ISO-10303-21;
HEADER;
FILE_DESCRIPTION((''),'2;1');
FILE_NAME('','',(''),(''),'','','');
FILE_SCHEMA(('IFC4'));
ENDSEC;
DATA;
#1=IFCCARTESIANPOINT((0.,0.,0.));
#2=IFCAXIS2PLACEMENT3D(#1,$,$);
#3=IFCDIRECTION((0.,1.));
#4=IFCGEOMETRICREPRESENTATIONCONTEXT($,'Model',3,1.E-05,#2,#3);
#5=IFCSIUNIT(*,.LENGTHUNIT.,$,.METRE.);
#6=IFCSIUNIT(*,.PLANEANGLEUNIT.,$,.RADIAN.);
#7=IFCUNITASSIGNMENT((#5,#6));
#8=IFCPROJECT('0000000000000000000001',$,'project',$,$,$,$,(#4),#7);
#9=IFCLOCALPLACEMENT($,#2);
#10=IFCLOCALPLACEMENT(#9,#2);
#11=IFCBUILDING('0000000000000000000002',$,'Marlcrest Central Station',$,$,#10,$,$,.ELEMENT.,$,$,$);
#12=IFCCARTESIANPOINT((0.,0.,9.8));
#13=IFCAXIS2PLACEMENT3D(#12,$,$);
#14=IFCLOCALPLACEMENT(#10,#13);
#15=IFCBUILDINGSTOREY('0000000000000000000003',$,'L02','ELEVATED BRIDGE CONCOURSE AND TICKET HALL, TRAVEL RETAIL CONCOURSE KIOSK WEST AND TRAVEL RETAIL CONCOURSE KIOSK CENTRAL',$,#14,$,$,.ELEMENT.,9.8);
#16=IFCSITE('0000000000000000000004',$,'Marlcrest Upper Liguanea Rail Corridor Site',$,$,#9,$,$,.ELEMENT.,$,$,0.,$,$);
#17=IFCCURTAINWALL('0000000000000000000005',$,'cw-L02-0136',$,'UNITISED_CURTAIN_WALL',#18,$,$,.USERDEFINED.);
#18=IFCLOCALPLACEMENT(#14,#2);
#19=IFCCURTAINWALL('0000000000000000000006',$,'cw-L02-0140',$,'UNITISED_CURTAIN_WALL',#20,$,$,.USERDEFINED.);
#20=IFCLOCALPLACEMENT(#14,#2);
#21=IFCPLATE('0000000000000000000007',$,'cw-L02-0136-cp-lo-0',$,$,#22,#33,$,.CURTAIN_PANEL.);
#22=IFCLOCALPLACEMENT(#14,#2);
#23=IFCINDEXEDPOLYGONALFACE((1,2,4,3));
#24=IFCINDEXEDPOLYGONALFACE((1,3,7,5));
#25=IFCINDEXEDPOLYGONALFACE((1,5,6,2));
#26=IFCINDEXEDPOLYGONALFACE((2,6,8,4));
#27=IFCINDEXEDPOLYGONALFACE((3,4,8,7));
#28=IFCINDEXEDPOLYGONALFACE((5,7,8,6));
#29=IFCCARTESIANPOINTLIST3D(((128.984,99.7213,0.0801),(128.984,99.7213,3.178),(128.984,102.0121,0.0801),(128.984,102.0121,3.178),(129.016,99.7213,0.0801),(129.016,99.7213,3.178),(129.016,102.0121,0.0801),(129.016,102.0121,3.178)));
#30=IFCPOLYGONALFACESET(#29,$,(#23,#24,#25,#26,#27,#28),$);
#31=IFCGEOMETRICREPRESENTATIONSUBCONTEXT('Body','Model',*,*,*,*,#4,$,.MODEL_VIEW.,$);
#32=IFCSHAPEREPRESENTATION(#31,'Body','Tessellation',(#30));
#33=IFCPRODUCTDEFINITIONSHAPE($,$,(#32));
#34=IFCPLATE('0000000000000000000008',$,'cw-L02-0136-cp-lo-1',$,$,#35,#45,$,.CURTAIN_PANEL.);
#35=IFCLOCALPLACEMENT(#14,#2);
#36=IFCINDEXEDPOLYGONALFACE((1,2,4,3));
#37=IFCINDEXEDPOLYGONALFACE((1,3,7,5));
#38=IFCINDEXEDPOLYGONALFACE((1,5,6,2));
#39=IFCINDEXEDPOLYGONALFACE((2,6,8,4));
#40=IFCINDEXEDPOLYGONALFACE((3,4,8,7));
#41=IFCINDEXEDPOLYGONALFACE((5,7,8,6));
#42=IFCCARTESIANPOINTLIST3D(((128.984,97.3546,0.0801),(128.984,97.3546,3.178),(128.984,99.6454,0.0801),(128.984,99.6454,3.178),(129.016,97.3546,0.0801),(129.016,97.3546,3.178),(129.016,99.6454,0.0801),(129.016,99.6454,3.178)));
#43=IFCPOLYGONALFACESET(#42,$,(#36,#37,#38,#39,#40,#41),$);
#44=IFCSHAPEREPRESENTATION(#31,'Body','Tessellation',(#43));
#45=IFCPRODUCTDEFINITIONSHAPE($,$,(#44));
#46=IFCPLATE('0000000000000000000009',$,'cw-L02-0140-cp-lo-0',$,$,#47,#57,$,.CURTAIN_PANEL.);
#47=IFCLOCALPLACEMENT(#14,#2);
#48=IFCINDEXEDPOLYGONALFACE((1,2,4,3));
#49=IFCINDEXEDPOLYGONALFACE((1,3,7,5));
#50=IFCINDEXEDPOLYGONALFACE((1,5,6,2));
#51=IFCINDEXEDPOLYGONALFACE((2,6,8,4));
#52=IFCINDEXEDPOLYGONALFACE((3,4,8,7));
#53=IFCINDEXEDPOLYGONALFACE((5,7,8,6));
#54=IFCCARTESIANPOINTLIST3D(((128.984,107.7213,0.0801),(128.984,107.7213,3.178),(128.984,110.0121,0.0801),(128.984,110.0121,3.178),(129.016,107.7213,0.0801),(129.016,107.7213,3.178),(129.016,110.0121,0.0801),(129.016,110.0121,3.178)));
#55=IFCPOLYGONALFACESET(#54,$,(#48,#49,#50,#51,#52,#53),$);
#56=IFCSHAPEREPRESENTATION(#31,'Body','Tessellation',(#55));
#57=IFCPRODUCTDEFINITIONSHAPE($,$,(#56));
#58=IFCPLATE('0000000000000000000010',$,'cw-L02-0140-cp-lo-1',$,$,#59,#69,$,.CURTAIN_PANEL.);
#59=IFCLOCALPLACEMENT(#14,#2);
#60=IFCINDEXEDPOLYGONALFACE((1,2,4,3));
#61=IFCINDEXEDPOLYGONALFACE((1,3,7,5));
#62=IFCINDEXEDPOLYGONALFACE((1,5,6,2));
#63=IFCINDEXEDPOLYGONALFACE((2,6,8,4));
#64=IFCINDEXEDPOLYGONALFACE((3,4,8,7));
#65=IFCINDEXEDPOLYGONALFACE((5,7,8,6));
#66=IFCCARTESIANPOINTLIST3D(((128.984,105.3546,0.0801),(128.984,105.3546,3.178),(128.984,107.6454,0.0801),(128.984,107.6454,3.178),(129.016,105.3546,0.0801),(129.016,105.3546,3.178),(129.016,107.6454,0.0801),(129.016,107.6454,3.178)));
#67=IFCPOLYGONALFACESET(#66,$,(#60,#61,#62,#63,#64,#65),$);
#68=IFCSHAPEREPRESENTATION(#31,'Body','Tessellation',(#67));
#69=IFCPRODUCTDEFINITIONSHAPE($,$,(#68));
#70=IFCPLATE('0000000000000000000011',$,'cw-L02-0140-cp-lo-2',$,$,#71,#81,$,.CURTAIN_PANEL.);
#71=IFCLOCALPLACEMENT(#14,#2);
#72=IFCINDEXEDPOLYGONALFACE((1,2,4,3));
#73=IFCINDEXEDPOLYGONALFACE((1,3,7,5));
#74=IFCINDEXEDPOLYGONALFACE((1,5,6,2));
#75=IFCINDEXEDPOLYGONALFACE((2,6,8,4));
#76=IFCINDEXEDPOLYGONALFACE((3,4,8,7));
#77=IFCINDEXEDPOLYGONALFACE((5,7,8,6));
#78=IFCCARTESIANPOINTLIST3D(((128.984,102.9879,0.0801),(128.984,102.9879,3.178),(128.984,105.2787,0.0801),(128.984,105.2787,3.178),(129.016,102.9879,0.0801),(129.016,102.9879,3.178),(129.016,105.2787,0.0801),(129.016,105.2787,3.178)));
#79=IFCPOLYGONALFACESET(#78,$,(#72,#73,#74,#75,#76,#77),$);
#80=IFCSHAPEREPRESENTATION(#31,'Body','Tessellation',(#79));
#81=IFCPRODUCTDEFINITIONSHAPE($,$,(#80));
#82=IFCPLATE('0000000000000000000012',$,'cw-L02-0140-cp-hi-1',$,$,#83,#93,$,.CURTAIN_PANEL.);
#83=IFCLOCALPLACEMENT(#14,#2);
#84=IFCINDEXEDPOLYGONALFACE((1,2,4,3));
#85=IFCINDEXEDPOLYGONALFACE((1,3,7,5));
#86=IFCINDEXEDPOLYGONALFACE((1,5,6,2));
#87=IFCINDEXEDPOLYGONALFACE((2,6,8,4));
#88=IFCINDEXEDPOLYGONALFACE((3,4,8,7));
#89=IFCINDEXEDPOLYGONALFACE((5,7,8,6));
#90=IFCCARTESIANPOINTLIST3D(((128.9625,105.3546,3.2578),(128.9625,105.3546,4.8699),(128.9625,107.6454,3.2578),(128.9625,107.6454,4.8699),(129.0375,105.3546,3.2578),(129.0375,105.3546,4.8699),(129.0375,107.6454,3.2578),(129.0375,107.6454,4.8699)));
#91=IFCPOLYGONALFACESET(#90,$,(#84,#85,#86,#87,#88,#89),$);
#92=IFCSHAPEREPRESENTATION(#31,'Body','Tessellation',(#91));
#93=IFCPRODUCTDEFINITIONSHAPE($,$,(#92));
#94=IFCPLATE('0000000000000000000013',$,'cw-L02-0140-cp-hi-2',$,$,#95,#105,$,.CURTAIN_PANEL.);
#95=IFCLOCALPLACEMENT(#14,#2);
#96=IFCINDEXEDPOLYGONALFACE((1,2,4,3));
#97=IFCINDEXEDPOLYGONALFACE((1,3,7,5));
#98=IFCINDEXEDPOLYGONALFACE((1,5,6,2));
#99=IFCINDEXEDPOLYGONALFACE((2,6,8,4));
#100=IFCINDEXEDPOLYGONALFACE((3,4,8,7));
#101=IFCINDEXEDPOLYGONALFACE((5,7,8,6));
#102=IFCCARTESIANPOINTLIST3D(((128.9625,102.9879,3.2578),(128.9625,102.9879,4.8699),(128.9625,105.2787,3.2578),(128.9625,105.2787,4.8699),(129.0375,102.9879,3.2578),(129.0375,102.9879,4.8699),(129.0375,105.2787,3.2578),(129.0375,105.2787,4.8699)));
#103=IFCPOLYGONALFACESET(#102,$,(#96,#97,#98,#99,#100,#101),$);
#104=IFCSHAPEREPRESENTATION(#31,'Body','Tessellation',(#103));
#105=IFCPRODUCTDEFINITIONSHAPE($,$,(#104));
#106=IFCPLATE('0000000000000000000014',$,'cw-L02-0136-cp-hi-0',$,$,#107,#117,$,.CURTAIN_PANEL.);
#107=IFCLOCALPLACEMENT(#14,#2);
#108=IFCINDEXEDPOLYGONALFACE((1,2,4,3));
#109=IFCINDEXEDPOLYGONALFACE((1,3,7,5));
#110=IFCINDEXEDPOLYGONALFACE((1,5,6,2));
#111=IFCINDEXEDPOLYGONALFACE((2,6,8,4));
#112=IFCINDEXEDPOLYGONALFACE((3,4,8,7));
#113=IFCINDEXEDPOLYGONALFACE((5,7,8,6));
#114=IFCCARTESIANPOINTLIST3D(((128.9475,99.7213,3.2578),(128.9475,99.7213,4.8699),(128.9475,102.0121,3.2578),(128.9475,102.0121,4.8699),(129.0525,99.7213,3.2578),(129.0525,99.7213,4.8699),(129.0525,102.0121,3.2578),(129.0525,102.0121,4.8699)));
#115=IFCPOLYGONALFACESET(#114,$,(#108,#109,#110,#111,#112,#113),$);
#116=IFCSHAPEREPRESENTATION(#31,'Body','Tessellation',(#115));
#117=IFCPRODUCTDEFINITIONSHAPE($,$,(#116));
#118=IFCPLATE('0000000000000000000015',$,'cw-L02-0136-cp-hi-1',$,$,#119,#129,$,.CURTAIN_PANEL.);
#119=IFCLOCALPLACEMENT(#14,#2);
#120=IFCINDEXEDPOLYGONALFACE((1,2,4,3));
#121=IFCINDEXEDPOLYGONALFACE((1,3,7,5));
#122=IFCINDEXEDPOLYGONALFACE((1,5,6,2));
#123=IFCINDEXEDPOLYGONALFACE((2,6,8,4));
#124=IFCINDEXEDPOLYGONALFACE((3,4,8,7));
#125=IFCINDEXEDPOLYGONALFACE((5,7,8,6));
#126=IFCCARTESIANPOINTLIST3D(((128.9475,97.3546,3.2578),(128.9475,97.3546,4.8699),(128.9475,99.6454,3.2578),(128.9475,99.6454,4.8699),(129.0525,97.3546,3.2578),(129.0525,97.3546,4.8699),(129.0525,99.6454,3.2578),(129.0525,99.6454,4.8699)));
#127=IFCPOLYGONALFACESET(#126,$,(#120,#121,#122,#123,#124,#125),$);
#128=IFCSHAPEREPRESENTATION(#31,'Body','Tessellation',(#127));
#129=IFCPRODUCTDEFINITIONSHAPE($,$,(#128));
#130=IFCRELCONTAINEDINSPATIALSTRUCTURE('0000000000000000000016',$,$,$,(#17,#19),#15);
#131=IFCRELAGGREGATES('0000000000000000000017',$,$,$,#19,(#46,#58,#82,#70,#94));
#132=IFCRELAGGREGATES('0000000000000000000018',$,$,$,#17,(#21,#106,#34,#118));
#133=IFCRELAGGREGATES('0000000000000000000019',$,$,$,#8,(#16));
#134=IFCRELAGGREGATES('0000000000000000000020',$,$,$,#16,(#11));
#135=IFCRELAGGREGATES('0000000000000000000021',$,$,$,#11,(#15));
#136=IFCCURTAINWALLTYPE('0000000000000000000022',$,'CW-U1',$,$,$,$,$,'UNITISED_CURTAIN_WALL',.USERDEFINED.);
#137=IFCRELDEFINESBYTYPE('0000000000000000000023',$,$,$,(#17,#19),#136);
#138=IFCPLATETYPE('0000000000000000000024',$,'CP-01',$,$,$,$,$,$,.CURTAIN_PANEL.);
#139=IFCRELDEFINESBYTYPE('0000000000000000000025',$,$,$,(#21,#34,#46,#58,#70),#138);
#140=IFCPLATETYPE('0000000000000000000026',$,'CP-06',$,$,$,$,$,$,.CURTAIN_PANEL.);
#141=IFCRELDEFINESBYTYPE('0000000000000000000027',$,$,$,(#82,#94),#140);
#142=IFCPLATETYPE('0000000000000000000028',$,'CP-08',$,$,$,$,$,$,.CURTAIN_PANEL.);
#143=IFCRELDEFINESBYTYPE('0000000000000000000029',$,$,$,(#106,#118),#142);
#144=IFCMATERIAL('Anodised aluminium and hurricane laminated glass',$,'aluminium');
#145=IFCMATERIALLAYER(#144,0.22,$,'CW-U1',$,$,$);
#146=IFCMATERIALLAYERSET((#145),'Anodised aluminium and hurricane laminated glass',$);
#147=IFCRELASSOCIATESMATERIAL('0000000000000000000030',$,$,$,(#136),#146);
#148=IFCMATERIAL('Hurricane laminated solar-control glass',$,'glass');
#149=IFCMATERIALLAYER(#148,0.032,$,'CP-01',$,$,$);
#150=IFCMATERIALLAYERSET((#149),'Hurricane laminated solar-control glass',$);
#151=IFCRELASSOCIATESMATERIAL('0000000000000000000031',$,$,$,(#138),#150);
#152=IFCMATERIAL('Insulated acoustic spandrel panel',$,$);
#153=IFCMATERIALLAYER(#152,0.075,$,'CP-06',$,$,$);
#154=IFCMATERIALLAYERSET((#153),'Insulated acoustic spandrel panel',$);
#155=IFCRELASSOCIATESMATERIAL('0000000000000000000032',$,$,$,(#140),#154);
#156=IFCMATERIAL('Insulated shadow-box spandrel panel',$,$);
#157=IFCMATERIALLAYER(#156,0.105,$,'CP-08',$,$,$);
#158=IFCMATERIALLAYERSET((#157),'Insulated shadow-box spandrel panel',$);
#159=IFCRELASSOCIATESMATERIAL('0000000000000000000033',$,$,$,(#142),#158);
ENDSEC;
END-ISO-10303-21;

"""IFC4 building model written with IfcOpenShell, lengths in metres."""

from ifc_helpers import new_model, si_unit, direction, frame, origin, origin_2d, place, context, subcontext, project, spatial, rectangle, extrude, material, layer, layer_set, type_object, element, aggregate, save


model = new_model("IFC4")

# Units and contexts
model_context = context("Model", 3, precision=1e-05, world=origin(), true_north=direction((0.0, 1.0)))
body_context = subcontext(model_context, "Body", "Model", "MODEL_VIEW")
ifc_project = project(units=[si_unit("LENGTHUNIT", "METRE"), si_unit("PLANEANGLEUNIT", "RADIAN")], contexts=[model_context])

# Site, building, storey
site_placement = place(None, origin())
site = spatial("IfcSite", under=ifc_project, at=site_placement, Name="Marlcrest Upper Liguanea Rail Corridor Site", CompositionType="ELEMENT", RefElevation=0.0)
building_placement = place(site_placement, origin())
building = spatial("IfcBuilding", under=site, at=building_placement, Name="Marlcrest Central Station", CompositionType="ELEMENT")
storey_placement = place(building_placement, frame((0.0, 0.0, 9.8)))
storey = spatial("IfcBuildingStorey", under=building, at=storey_placement, Name="L02", Description="ELEVATED BRIDGE CONCOURSE AND TICKET HALL, TRAVEL RETAIL CONCOURSE KIOSK WEST AND TRAVEL RETAIL CONCOURSE KIOSK CENTRAL", CompositionType="ELEMENT", Elevation=9.8)

# Curtain walls
ifc_material_1 = material(Name="Anodised aluminium and hurricane laminated glass", Category="aluminium")
ifc_layer_1 = layer(ifc_material_1, 0.22, Name="CW-U1")
ifc_layer_set_1 = layer_set([ifc_layer_1], Name="Anodised aluminium and hurricane laminated glass")
curtain_wall_type = type_object("IfcCurtainWallType", Name="CW-U1", ElementType="UNITISED_CURTAIN_WALL", PredefinedType="USERDEFINED", material=ifc_layer_set_1)
curtain_wall_1_placement = place(storey_placement, origin())
curtain_wall_1 = element("IfcCurtainWall", 1, at=curtain_wall_1_placement, inside=storey, type_object=curtain_wall_type, Name="cw-L02-0136", ObjectType="UNITISED_CURTAIN_WALL", PredefinedType="USERDEFINED")
curtain_wall_2_placement = place(storey_placement, origin())
curtain_wall_2 = element("IfcCurtainWall", 2, at=curtain_wall_2_placement, inside=storey, type_object=curtain_wall_type, Name="cw-L02-0140", ObjectType="UNITISED_CURTAIN_WALL", PredefinedType="USERDEFINED")

# Plates
ifc_material_2 = material(Name="Hurricane laminated solar-control glass", Category="glass")
ifc_layer_2 = layer(ifc_material_2, 0.032, Name="CP-01")
ifc_layer_set_2 = layer_set([ifc_layer_2], Name="Hurricane laminated solar-control glass")
plate_type_1 = type_object("IfcPlateType", Name="CP-01", PredefinedType="CURTAIN_PANEL", material=ifc_layer_set_2)
plate_1_placement = place(storey_placement, frame((129.0, 100.8667, 0.0801), z_axis=(0.0, 0.0, 1.0), x_axis=(0.0, -1.0, 0.0)))
plate_1 = element("IfcPlate", 3, at=plate_1_placement, type_object=plate_type_1, Name="cw-L02-0136-cp-lo-0", PredefinedType="CURTAIN_PANEL", context=body_context, shape_type="SweptSolid", body=[
    extrude(rectangle(XDim=2.2908, YDim=0.032, at=origin_2d()), origin(), (0.0, 0.0, 1.0), 3.0979),
])
plate_2_placement = place(storey_placement, frame((129.0, 98.5, 0.0801), z_axis=(0.0, 0.0, 1.0), x_axis=(0.0, -1.0, 0.0)))
plate_2 = element("IfcPlate", 4, at=plate_2_placement, type_object=plate_type_1, Name="cw-L02-0136-cp-lo-1", PredefinedType="CURTAIN_PANEL", context=body_context, shape_type="SweptSolid", body=[
    extrude(rectangle(XDim=2.2908, YDim=0.032, at=origin_2d()), origin(), (0.0, 0.0, 1.0), 3.0979),
])
plate_3_placement = place(storey_placement, frame((129.0, 108.8667, 0.0801), z_axis=(0.0, 0.0, 1.0), x_axis=(0.0, -1.0, 0.0)))
plate_3 = element("IfcPlate", 5, at=plate_3_placement, type_object=plate_type_1, Name="cw-L02-0140-cp-lo-0", PredefinedType="CURTAIN_PANEL", context=body_context, shape_type="SweptSolid", body=[
    extrude(rectangle(XDim=2.2908, YDim=0.032, at=origin_2d()), origin(), (0.0, 0.0, 1.0), 3.0979),
])
plate_4_placement = place(storey_placement, frame((129.0, 106.5, 0.0801), z_axis=(0.0, 0.0, 1.0), x_axis=(0.0, -1.0, 0.0)))
plate_4 = element("IfcPlate", 6, at=plate_4_placement, type_object=plate_type_1, Name="cw-L02-0140-cp-lo-1", PredefinedType="CURTAIN_PANEL", context=body_context, shape_type="SweptSolid", body=[
    extrude(rectangle(XDim=2.2908, YDim=0.032, at=origin_2d()), origin(), (0.0, 0.0, 1.0), 3.0979),
])
plate_5_placement = place(storey_placement, frame((129.0, 104.1333, 0.0801), z_axis=(0.0, 0.0, 1.0), x_axis=(0.0, -1.0, 0.0)))
plate_5 = element("IfcPlate", 7, at=plate_5_placement, type_object=plate_type_1, Name="cw-L02-0140-cp-lo-2", PredefinedType="CURTAIN_PANEL", context=body_context, shape_type="SweptSolid", body=[
    extrude(rectangle(XDim=2.2908, YDim=0.032, at=origin_2d()), origin(), (0.0, 0.0, 1.0), 3.0979),
])
ifc_material_3 = material(Name="Insulated acoustic spandrel panel")
ifc_layer_3 = layer(ifc_material_3, 0.075, Name="CP-06")
ifc_layer_set_3 = layer_set([ifc_layer_3], Name="Insulated acoustic spandrel panel")
plate_type_2 = type_object("IfcPlateType", Name="CP-06", PredefinedType="CURTAIN_PANEL", material=ifc_layer_set_3)
plate_6_placement = place(storey_placement, frame((129.0, 106.5, 3.2578), z_axis=(0.0, 0.0, 1.0), x_axis=(0.0, -1.0, 0.0)))
plate_6 = element("IfcPlate", 8, at=plate_6_placement, type_object=plate_type_2, Name="cw-L02-0140-cp-hi-1", PredefinedType="CURTAIN_PANEL", context=body_context, shape_type="SweptSolid", body=[
    extrude(rectangle(XDim=2.2908, YDim=0.075, at=origin_2d()), origin(), (0.0, 0.0, 1.0), 1.6121),
])
plate_7_placement = place(storey_placement, frame((129.0, 104.1333, 3.2578), z_axis=(0.0, 0.0, 1.0), x_axis=(0.0, -1.0, 0.0)))
plate_7 = element("IfcPlate", 9, at=plate_7_placement, type_object=plate_type_2, Name="cw-L02-0140-cp-hi-2", PredefinedType="CURTAIN_PANEL", context=body_context, shape_type="SweptSolid", body=[
    extrude(rectangle(XDim=2.2908, YDim=0.075, at=origin_2d()), origin(), (0.0, 0.0, 1.0), 1.6121),
])
aggregate(curtain_wall_2, [plate_3, plate_4, plate_6, plate_5, plate_7])
ifc_material_4 = material(Name="Insulated shadow-box spandrel panel")
ifc_layer_4 = layer(ifc_material_4, 0.105, Name="CP-08")
ifc_layer_set_4 = layer_set([ifc_layer_4], Name="Insulated shadow-box spandrel panel")
plate_type_3 = type_object("IfcPlateType", Name="CP-08", PredefinedType="CURTAIN_PANEL", material=ifc_layer_set_4)
plate_8_placement = place(storey_placement, frame((129.0, 100.8667, 3.2578), z_axis=(0.0, 0.0, 1.0), x_axis=(0.0, -1.0, 0.0)))
plate_8 = element("IfcPlate", 10, at=plate_8_placement, type_object=plate_type_3, Name="cw-L02-0136-cp-hi-0", PredefinedType="CURTAIN_PANEL", context=body_context, shape_type="SweptSolid", body=[
    extrude(rectangle(XDim=2.2908, YDim=0.105, at=origin_2d()), origin(), (0.0, 0.0, 1.0), 1.6121),
])
plate_9_placement = place(storey_placement, frame((129.0, 98.5, 3.2578), z_axis=(0.0, 0.0, 1.0), x_axis=(0.0, -1.0, 0.0)))
plate_9 = element("IfcPlate", 11, at=plate_9_placement, type_object=plate_type_3, Name="cw-L02-0136-cp-hi-1", PredefinedType="CURTAIN_PANEL", context=body_context, shape_type="SweptSolid", body=[
    extrude(rectangle(XDim=2.2908, YDim=0.105, at=origin_2d()), origin(), (0.0, 0.0, 1.0), 1.6121),
])
aggregate(curtain_wall_1, [plate_1, plate_8, plate_2, plate_9])

save(model, "model.ifc")
